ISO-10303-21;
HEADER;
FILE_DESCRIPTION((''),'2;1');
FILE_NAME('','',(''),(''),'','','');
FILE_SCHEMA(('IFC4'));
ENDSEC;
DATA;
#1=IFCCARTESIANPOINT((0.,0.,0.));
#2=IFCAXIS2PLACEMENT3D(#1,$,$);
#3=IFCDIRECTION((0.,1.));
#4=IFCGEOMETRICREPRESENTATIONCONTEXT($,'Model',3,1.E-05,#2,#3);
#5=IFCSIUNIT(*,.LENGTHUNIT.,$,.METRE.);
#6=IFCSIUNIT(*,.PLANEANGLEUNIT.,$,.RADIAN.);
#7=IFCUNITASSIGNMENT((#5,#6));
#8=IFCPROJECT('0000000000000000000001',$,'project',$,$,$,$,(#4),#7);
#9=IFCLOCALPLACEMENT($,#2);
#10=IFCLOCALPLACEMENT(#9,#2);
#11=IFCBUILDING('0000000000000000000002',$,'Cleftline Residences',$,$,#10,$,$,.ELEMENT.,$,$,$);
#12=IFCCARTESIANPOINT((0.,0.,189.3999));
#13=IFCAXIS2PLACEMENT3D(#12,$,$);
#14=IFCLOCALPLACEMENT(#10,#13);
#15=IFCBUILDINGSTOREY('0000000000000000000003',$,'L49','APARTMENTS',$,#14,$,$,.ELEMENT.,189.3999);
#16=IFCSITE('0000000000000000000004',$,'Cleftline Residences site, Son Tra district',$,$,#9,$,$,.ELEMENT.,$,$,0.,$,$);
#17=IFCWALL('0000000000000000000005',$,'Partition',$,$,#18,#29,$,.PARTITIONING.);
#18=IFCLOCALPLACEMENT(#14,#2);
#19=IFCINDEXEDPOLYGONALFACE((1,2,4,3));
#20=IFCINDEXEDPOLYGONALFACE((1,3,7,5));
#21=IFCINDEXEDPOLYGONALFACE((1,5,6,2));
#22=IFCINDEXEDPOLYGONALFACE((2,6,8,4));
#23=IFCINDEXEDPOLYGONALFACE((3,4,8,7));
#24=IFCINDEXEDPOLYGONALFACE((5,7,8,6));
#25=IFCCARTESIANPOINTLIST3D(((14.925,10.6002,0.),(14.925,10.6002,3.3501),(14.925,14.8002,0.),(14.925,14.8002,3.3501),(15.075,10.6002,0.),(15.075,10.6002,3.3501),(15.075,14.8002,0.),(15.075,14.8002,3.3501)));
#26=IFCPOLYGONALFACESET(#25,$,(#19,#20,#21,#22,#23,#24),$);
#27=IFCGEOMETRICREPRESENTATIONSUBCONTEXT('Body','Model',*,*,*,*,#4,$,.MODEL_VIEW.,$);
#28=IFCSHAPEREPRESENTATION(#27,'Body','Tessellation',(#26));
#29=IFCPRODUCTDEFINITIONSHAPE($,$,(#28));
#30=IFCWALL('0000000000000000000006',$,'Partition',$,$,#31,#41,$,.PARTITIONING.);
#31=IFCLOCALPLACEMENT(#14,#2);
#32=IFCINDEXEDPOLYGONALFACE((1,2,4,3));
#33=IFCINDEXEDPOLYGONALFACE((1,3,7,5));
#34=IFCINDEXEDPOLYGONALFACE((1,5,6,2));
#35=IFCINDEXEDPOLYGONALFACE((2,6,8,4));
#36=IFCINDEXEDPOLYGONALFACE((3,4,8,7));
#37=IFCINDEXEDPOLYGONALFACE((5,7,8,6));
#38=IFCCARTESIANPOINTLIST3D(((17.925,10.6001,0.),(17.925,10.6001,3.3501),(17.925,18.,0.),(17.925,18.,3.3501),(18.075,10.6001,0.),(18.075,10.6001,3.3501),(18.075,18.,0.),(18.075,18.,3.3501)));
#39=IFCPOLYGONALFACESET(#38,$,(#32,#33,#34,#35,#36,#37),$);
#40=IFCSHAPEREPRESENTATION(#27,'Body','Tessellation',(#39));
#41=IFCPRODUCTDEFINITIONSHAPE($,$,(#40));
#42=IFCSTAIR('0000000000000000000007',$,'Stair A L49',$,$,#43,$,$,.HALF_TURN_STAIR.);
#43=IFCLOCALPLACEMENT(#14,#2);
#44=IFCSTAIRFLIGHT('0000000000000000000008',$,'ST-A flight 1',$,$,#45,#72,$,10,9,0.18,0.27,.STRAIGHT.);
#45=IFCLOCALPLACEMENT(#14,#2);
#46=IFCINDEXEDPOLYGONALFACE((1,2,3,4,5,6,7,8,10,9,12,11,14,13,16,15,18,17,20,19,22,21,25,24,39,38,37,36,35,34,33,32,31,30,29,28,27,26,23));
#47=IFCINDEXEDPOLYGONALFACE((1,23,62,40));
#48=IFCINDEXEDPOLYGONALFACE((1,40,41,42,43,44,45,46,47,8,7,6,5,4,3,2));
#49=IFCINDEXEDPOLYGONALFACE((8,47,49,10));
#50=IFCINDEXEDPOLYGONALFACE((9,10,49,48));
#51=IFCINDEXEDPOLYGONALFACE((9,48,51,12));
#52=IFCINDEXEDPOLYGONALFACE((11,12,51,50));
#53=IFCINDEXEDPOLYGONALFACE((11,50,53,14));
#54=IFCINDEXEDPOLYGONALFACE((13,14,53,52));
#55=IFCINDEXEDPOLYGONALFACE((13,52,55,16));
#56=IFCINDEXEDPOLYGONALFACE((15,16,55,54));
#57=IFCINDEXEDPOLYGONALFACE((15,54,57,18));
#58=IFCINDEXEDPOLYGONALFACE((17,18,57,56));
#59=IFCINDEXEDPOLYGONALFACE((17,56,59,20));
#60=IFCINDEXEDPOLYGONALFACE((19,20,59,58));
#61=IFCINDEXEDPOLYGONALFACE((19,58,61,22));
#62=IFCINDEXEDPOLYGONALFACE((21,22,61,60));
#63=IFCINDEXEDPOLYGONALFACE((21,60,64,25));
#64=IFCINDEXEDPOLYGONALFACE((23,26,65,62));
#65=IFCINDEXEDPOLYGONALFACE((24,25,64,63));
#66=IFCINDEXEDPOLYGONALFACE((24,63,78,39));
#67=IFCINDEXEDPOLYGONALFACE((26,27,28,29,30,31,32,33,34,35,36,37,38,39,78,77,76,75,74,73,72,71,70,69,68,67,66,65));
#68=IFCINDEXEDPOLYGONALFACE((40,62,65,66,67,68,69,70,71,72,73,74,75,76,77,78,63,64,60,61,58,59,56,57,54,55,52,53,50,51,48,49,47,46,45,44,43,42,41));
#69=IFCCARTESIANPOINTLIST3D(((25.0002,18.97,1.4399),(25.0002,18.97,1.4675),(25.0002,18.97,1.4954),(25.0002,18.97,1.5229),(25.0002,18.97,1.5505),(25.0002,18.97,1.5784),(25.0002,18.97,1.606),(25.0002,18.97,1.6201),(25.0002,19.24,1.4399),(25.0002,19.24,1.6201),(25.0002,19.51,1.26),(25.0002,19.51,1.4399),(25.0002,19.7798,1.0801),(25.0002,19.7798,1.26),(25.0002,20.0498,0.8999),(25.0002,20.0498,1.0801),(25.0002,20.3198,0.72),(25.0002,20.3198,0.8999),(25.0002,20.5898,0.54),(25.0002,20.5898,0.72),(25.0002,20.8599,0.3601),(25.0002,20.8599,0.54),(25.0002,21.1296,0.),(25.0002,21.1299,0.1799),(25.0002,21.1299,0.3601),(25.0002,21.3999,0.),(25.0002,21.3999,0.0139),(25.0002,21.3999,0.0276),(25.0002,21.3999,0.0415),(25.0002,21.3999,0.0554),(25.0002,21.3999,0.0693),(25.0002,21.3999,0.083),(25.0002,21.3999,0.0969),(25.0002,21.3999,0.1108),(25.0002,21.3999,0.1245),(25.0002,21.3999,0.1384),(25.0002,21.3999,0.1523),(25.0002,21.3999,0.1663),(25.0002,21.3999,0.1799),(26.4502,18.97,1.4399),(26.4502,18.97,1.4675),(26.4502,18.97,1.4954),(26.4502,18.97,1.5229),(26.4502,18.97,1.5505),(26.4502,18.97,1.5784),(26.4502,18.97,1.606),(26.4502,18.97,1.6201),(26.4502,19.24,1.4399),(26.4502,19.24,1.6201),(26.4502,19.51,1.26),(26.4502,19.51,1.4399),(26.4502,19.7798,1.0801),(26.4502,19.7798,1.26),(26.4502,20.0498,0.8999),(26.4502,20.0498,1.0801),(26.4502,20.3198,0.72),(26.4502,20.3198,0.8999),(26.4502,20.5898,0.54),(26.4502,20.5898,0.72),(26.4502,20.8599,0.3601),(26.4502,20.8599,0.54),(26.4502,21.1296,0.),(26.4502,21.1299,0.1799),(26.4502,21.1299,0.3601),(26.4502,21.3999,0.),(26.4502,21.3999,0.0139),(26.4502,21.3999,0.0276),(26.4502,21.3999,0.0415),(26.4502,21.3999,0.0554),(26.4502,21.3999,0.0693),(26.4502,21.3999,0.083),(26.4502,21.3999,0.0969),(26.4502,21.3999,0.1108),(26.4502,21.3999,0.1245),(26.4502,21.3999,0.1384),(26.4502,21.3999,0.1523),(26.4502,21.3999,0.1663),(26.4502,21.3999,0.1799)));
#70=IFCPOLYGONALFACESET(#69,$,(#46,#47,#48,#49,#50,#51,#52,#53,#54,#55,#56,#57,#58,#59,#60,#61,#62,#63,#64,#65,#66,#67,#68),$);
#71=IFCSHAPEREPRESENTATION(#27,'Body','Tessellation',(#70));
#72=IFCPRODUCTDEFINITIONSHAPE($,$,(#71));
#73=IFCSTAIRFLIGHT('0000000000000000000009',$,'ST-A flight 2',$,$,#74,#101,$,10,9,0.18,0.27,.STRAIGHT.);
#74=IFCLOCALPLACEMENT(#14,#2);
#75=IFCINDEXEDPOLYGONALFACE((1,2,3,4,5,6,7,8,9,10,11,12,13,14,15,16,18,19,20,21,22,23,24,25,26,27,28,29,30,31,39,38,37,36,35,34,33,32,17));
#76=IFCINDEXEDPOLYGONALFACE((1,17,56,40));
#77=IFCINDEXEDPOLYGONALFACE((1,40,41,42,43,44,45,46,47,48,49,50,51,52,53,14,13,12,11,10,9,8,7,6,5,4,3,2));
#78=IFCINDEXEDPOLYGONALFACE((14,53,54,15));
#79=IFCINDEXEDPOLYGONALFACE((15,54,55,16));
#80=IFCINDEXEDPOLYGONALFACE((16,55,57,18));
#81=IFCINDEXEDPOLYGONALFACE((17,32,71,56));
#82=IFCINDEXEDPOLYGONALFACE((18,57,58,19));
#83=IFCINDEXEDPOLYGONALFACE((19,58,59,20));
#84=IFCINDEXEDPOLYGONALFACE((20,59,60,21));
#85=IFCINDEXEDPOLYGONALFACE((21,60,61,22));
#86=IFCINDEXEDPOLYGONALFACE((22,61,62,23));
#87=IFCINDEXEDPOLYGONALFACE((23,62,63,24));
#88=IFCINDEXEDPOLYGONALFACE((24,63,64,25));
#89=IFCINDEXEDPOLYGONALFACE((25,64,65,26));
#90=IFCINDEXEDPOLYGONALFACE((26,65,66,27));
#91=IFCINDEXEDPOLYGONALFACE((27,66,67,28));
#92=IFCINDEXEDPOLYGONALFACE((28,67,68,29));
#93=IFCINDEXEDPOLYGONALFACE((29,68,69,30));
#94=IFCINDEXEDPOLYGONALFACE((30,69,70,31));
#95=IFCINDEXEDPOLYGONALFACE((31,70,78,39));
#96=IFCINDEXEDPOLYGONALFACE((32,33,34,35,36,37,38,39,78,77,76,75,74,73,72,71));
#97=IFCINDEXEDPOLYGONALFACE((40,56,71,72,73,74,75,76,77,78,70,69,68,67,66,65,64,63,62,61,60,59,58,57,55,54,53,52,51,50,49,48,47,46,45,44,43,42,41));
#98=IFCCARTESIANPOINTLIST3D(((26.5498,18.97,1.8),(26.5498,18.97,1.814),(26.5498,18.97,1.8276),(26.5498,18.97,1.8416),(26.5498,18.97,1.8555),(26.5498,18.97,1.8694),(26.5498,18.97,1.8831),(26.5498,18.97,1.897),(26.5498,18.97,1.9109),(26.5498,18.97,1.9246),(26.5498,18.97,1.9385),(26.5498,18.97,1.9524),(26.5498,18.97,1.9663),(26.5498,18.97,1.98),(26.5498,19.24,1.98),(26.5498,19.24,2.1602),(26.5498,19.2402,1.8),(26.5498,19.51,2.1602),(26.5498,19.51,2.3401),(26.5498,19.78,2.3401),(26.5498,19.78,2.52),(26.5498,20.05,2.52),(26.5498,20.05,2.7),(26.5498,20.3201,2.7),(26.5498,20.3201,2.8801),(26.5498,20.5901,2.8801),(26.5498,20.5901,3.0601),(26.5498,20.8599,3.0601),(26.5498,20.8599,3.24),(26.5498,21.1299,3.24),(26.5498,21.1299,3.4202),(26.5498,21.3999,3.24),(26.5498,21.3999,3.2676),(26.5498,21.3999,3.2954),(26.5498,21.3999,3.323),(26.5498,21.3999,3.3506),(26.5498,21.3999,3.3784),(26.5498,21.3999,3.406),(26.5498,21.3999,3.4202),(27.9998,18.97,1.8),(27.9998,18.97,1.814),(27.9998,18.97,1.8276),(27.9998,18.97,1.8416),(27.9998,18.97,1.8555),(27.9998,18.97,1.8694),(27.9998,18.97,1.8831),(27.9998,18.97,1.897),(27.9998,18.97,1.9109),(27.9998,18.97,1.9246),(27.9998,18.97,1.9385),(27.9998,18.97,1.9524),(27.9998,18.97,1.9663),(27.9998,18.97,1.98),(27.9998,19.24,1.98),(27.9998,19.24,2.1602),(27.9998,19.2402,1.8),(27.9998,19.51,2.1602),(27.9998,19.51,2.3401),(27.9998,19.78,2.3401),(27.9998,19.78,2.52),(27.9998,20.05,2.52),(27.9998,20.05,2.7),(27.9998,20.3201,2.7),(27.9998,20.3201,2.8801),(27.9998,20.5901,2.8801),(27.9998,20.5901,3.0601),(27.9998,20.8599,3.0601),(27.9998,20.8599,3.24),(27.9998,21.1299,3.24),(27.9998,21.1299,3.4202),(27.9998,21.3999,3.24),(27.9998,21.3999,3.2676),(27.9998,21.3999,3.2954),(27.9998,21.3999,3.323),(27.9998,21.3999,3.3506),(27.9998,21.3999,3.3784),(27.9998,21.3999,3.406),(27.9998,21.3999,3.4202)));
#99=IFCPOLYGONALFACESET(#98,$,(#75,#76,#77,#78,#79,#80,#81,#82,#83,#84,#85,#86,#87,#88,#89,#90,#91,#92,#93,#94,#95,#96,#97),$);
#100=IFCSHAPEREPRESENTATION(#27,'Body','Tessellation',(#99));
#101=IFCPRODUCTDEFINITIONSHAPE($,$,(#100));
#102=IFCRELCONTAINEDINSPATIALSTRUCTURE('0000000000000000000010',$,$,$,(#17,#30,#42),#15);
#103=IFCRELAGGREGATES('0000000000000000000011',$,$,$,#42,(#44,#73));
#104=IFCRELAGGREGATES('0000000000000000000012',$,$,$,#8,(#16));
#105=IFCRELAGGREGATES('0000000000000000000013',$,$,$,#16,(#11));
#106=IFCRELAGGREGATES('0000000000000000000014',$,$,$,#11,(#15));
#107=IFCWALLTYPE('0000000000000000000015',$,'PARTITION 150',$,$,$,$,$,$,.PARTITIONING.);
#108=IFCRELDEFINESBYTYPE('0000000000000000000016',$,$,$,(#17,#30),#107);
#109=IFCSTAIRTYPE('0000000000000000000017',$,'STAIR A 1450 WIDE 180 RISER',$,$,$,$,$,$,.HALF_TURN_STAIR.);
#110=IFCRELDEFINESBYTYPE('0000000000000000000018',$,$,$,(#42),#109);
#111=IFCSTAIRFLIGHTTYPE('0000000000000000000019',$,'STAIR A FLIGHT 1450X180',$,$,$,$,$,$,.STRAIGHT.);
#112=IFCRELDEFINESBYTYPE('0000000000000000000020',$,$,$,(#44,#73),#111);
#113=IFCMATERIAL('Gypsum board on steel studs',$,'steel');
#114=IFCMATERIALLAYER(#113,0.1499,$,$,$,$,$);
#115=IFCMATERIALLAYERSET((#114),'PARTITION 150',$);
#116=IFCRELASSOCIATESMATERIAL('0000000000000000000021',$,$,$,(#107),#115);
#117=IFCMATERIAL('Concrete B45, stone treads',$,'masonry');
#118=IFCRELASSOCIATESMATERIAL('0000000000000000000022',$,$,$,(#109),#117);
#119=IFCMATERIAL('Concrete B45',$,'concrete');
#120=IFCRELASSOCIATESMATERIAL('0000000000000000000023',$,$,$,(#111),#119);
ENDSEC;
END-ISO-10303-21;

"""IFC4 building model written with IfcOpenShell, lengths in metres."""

from ifc_helpers import new_model, si_unit, direction, frame, frame_2d, origin, place, context, subcontext, project, spatial, polyline, rectangle, outline, extrude, material, layer, layer_set, type_object, element, aggregate, save


model = new_model("IFC4")

# Units and contexts
model_context = context("Model", 3, precision=1e-05, world=origin(), true_north=direction((0.0, 1.0)))
body_context = subcontext(model_context, "Body", "Model", "MODEL_VIEW")
ifc_project = project(units=[si_unit("LENGTHUNIT", "METRE"), si_unit("PLANEANGLEUNIT", "RADIAN")], contexts=[model_context])

# Site, building, storey
site_placement = place(None, origin())
site = spatial("IfcSite", under=ifc_project, at=site_placement, Name="Cleftline Residences site, Son Tra district", CompositionType="ELEMENT", RefElevation=0.0)
building_placement = place(site_placement, origin())
building = spatial("IfcBuilding", under=site, at=building_placement, Name="Cleftline Residences", CompositionType="ELEMENT")
storey_placement = place(building_placement, frame((0.0, 0.0, 189.3999)))
storey = spatial("IfcBuildingStorey", under=building, at=storey_placement, Name="L49", Description="APARTMENTS", CompositionType="ELEMENT", Elevation=189.3999)

# Shared definitions
ifc_material_1 = material(Name="Gypsum board on steel studs", Category="steel")
ifc_layer_1 = layer(ifc_material_1, 0.1499)
ifc_layer_set_1 = layer_set([ifc_layer_1], Name="PARTITION 150")
wall_type_1 = type_object("IfcWallType", Name="PARTITION 150", PredefinedType="PARTITIONING", material=ifc_layer_set_1)

# Walls
wall_1_placement = place(storey_placement, frame((15.0, 10.6001, 0.0), z_axis=(0.0, 0.0, 1.0), x_axis=(0.0, 1.0, 0.0)))
element("IfcWall", 1, at=wall_1_placement, inside=storey, type_object=wall_type_1, Name="Partition", PredefinedType="PARTITIONING", context=body_context, shape_type="SweptSolid", body=[
    extrude(rectangle(XDim=4.2, YDim=0.1499, at=frame_2d((2.1001, 0.0))), origin(), (0.0, 0.0, 1.0), 3.3501),
])
wall_2_placement = place(storey_placement, frame((18.0, 10.6001, 0.0), z_axis=(0.0, 0.0, 1.0), x_axis=(0.0, 1.0, 0.0)))
element("IfcWall", 2, at=wall_2_placement, inside=storey, type_object=wall_type_1, Name="Partition", PredefinedType="PARTITIONING", context=body_context, shape_type="SweptSolid", body=[
    extrude(rectangle(XDim=7.3999, YDim=0.1499, at=frame_2d((3.7, 0.0))), origin(), (0.0, 0.0, 1.0), 3.3501),
])

# Stair, stair flights
ifc_material_2 = material(Name="Concrete B45, stone treads", Category="masonry")
stair_type = type_object("IfcStairType", Name="STAIR A 1450 WIDE 180 RISER", PredefinedType="HALF_TURN_STAIR", material=ifc_material_2)
stair_placement = place(storey_placement, origin())
stair = element("IfcStair", 3, at=stair_placement, inside=storey, type_object=stair_type, Name="Stair A L49", PredefinedType="HALF_TURN_STAIR")
ifc_material_3 = material(Name="Concrete B45", Category="concrete")
stair_flight_type = type_object("IfcStairFlightType", Name="STAIR A FLIGHT 1450X180", PredefinedType="STRAIGHT", material=ifc_material_3)
stair_flight_1_placement = place(storey_placement, frame((25.7251, 21.3999, 0.0), z_axis=(0.0, 0.0, 1.0), x_axis=(0.0, -1.0, 0.0)))
stair_flight_1 = element("IfcStairFlight", 4, at=stair_flight_1_placement, type_object=stair_flight_type, Name="ST-A flight 1", NumberOfRisers=10, NumberOfTreads=9, PredefinedType="STRAIGHT", RiserHeight=0.18, TreadLength=0.27, context=body_context, shape_type="SweptSolid", body=[
    extrude(outline(polyline([(0.0, 0.0), (0.0, 0.0139), (0.0, 0.0276), (0.0, 0.0415), (0.0, 0.0554), (0.0, 0.0693), (0.0, 0.083), (0.0, 0.0969), (0.0, 0.1108), (0.0, 0.1245), (0.0, 0.1384), (0.0, 0.1523), (0.0, 0.1663), (0.0, 0.1799), (0.27, 0.1799), (0.27, 0.3601), (0.54, 0.3601), (0.54, 0.54), (0.8101, 0.54), (0.8101, 0.72), (1.0801, 0.72), (1.0801, 0.8999), (1.3501, 0.8999), (1.3501, 1.0801), (1.6201, 1.0801), (1.6201, 1.26), (1.8899, 1.26), (1.8899, 1.4399), (2.1599, 1.4399), (2.1599, 1.6201), (2.4299, 1.6201), (2.4299, 1.8), (2.4299, 1.7722), (2.4299, 1.7446), (2.4299, 1.7168), (2.4299, 1.6892), (2.4299, 1.6614), (2.4299, 1.6338), (2.4299, 1.606), (2.4299, 1.5784), (2.4299, 1.5505), (2.4299, 1.5229), (2.4299, 1.4954), (2.4299, 1.4675), (2.4299, 1.4399), (0.2703, 0.0), (0.0, 0.0)])), frame((0.0, 0.7251, 0.0), z_axis=(0.0, -1.0, 0.0), x_axis=(1.0, 0.0, 0.0)), (0.0, 0.0, 1.0), 1.45),
])
stair_flight_2_placement = place(storey_placement, frame((27.2749, 18.97, 1.8), z_axis=(0.0, 0.0, 1.0), x_axis=(0.0, 1.0, 0.0)))
stair_flight_2 = element("IfcStairFlight", 5, at=stair_flight_2_placement, type_object=stair_flight_type, Name="ST-A flight 2", NumberOfRisers=10, NumberOfTreads=9, PredefinedType="STRAIGHT", RiserHeight=0.18, TreadLength=0.27, context=body_context, shape_type="SweptSolid", body=[
    extrude(outline(polyline([(0.0, 0.0), (0.0, 0.0139), (0.0, 0.0276), (0.0, 0.0415), (0.0, 0.0554), (0.0, 0.0693), (0.0, 0.083), (0.0, 0.0969), (0.0, 0.1108), (0.0, 0.1245), (0.0, 0.1384), (0.0, 0.1523), (0.0, 0.1663), (0.0, 0.1799), (0.27, 0.1799), (0.27, 0.3601), (0.54, 0.3601), (0.54, 0.54), (0.8101, 0.54), (0.8101, 0.72), (1.0801, 0.72), (1.0801, 0.8999), (1.3501, 0.8999), (1.3501, 1.0801), (1.6201, 1.0801), (1.6201, 1.26), (1.8899, 1.26), (1.8899, 1.4399), (2.1599, 1.4399), (2.1599, 1.6201), (2.4299, 1.6201), (2.4299, 1.8), (2.4299, 1.7722), (2.4299, 1.7446), (2.4299, 1.7168), (2.4299, 1.6892), (2.4299, 1.6614), (2.4299, 1.6338), (2.4299, 1.606), (2.4299, 1.5784), (2.4299, 1.5505), (2.4299, 1.5229), (2.4299, 1.4954), (2.4299, 1.4675), (2.4299, 1.4399), (0.2703, 0.0), (0.0, 0.0)])), frame((0.0, 0.7251, 0.0), z_axis=(0.0, -1.0, 0.0), x_axis=(1.0, 0.0, 0.0)), (0.0, 0.0, 1.0), 1.45),
])
aggregate(stair, [stair_flight_1, stair_flight_2])

save(model, "model.ifc")
